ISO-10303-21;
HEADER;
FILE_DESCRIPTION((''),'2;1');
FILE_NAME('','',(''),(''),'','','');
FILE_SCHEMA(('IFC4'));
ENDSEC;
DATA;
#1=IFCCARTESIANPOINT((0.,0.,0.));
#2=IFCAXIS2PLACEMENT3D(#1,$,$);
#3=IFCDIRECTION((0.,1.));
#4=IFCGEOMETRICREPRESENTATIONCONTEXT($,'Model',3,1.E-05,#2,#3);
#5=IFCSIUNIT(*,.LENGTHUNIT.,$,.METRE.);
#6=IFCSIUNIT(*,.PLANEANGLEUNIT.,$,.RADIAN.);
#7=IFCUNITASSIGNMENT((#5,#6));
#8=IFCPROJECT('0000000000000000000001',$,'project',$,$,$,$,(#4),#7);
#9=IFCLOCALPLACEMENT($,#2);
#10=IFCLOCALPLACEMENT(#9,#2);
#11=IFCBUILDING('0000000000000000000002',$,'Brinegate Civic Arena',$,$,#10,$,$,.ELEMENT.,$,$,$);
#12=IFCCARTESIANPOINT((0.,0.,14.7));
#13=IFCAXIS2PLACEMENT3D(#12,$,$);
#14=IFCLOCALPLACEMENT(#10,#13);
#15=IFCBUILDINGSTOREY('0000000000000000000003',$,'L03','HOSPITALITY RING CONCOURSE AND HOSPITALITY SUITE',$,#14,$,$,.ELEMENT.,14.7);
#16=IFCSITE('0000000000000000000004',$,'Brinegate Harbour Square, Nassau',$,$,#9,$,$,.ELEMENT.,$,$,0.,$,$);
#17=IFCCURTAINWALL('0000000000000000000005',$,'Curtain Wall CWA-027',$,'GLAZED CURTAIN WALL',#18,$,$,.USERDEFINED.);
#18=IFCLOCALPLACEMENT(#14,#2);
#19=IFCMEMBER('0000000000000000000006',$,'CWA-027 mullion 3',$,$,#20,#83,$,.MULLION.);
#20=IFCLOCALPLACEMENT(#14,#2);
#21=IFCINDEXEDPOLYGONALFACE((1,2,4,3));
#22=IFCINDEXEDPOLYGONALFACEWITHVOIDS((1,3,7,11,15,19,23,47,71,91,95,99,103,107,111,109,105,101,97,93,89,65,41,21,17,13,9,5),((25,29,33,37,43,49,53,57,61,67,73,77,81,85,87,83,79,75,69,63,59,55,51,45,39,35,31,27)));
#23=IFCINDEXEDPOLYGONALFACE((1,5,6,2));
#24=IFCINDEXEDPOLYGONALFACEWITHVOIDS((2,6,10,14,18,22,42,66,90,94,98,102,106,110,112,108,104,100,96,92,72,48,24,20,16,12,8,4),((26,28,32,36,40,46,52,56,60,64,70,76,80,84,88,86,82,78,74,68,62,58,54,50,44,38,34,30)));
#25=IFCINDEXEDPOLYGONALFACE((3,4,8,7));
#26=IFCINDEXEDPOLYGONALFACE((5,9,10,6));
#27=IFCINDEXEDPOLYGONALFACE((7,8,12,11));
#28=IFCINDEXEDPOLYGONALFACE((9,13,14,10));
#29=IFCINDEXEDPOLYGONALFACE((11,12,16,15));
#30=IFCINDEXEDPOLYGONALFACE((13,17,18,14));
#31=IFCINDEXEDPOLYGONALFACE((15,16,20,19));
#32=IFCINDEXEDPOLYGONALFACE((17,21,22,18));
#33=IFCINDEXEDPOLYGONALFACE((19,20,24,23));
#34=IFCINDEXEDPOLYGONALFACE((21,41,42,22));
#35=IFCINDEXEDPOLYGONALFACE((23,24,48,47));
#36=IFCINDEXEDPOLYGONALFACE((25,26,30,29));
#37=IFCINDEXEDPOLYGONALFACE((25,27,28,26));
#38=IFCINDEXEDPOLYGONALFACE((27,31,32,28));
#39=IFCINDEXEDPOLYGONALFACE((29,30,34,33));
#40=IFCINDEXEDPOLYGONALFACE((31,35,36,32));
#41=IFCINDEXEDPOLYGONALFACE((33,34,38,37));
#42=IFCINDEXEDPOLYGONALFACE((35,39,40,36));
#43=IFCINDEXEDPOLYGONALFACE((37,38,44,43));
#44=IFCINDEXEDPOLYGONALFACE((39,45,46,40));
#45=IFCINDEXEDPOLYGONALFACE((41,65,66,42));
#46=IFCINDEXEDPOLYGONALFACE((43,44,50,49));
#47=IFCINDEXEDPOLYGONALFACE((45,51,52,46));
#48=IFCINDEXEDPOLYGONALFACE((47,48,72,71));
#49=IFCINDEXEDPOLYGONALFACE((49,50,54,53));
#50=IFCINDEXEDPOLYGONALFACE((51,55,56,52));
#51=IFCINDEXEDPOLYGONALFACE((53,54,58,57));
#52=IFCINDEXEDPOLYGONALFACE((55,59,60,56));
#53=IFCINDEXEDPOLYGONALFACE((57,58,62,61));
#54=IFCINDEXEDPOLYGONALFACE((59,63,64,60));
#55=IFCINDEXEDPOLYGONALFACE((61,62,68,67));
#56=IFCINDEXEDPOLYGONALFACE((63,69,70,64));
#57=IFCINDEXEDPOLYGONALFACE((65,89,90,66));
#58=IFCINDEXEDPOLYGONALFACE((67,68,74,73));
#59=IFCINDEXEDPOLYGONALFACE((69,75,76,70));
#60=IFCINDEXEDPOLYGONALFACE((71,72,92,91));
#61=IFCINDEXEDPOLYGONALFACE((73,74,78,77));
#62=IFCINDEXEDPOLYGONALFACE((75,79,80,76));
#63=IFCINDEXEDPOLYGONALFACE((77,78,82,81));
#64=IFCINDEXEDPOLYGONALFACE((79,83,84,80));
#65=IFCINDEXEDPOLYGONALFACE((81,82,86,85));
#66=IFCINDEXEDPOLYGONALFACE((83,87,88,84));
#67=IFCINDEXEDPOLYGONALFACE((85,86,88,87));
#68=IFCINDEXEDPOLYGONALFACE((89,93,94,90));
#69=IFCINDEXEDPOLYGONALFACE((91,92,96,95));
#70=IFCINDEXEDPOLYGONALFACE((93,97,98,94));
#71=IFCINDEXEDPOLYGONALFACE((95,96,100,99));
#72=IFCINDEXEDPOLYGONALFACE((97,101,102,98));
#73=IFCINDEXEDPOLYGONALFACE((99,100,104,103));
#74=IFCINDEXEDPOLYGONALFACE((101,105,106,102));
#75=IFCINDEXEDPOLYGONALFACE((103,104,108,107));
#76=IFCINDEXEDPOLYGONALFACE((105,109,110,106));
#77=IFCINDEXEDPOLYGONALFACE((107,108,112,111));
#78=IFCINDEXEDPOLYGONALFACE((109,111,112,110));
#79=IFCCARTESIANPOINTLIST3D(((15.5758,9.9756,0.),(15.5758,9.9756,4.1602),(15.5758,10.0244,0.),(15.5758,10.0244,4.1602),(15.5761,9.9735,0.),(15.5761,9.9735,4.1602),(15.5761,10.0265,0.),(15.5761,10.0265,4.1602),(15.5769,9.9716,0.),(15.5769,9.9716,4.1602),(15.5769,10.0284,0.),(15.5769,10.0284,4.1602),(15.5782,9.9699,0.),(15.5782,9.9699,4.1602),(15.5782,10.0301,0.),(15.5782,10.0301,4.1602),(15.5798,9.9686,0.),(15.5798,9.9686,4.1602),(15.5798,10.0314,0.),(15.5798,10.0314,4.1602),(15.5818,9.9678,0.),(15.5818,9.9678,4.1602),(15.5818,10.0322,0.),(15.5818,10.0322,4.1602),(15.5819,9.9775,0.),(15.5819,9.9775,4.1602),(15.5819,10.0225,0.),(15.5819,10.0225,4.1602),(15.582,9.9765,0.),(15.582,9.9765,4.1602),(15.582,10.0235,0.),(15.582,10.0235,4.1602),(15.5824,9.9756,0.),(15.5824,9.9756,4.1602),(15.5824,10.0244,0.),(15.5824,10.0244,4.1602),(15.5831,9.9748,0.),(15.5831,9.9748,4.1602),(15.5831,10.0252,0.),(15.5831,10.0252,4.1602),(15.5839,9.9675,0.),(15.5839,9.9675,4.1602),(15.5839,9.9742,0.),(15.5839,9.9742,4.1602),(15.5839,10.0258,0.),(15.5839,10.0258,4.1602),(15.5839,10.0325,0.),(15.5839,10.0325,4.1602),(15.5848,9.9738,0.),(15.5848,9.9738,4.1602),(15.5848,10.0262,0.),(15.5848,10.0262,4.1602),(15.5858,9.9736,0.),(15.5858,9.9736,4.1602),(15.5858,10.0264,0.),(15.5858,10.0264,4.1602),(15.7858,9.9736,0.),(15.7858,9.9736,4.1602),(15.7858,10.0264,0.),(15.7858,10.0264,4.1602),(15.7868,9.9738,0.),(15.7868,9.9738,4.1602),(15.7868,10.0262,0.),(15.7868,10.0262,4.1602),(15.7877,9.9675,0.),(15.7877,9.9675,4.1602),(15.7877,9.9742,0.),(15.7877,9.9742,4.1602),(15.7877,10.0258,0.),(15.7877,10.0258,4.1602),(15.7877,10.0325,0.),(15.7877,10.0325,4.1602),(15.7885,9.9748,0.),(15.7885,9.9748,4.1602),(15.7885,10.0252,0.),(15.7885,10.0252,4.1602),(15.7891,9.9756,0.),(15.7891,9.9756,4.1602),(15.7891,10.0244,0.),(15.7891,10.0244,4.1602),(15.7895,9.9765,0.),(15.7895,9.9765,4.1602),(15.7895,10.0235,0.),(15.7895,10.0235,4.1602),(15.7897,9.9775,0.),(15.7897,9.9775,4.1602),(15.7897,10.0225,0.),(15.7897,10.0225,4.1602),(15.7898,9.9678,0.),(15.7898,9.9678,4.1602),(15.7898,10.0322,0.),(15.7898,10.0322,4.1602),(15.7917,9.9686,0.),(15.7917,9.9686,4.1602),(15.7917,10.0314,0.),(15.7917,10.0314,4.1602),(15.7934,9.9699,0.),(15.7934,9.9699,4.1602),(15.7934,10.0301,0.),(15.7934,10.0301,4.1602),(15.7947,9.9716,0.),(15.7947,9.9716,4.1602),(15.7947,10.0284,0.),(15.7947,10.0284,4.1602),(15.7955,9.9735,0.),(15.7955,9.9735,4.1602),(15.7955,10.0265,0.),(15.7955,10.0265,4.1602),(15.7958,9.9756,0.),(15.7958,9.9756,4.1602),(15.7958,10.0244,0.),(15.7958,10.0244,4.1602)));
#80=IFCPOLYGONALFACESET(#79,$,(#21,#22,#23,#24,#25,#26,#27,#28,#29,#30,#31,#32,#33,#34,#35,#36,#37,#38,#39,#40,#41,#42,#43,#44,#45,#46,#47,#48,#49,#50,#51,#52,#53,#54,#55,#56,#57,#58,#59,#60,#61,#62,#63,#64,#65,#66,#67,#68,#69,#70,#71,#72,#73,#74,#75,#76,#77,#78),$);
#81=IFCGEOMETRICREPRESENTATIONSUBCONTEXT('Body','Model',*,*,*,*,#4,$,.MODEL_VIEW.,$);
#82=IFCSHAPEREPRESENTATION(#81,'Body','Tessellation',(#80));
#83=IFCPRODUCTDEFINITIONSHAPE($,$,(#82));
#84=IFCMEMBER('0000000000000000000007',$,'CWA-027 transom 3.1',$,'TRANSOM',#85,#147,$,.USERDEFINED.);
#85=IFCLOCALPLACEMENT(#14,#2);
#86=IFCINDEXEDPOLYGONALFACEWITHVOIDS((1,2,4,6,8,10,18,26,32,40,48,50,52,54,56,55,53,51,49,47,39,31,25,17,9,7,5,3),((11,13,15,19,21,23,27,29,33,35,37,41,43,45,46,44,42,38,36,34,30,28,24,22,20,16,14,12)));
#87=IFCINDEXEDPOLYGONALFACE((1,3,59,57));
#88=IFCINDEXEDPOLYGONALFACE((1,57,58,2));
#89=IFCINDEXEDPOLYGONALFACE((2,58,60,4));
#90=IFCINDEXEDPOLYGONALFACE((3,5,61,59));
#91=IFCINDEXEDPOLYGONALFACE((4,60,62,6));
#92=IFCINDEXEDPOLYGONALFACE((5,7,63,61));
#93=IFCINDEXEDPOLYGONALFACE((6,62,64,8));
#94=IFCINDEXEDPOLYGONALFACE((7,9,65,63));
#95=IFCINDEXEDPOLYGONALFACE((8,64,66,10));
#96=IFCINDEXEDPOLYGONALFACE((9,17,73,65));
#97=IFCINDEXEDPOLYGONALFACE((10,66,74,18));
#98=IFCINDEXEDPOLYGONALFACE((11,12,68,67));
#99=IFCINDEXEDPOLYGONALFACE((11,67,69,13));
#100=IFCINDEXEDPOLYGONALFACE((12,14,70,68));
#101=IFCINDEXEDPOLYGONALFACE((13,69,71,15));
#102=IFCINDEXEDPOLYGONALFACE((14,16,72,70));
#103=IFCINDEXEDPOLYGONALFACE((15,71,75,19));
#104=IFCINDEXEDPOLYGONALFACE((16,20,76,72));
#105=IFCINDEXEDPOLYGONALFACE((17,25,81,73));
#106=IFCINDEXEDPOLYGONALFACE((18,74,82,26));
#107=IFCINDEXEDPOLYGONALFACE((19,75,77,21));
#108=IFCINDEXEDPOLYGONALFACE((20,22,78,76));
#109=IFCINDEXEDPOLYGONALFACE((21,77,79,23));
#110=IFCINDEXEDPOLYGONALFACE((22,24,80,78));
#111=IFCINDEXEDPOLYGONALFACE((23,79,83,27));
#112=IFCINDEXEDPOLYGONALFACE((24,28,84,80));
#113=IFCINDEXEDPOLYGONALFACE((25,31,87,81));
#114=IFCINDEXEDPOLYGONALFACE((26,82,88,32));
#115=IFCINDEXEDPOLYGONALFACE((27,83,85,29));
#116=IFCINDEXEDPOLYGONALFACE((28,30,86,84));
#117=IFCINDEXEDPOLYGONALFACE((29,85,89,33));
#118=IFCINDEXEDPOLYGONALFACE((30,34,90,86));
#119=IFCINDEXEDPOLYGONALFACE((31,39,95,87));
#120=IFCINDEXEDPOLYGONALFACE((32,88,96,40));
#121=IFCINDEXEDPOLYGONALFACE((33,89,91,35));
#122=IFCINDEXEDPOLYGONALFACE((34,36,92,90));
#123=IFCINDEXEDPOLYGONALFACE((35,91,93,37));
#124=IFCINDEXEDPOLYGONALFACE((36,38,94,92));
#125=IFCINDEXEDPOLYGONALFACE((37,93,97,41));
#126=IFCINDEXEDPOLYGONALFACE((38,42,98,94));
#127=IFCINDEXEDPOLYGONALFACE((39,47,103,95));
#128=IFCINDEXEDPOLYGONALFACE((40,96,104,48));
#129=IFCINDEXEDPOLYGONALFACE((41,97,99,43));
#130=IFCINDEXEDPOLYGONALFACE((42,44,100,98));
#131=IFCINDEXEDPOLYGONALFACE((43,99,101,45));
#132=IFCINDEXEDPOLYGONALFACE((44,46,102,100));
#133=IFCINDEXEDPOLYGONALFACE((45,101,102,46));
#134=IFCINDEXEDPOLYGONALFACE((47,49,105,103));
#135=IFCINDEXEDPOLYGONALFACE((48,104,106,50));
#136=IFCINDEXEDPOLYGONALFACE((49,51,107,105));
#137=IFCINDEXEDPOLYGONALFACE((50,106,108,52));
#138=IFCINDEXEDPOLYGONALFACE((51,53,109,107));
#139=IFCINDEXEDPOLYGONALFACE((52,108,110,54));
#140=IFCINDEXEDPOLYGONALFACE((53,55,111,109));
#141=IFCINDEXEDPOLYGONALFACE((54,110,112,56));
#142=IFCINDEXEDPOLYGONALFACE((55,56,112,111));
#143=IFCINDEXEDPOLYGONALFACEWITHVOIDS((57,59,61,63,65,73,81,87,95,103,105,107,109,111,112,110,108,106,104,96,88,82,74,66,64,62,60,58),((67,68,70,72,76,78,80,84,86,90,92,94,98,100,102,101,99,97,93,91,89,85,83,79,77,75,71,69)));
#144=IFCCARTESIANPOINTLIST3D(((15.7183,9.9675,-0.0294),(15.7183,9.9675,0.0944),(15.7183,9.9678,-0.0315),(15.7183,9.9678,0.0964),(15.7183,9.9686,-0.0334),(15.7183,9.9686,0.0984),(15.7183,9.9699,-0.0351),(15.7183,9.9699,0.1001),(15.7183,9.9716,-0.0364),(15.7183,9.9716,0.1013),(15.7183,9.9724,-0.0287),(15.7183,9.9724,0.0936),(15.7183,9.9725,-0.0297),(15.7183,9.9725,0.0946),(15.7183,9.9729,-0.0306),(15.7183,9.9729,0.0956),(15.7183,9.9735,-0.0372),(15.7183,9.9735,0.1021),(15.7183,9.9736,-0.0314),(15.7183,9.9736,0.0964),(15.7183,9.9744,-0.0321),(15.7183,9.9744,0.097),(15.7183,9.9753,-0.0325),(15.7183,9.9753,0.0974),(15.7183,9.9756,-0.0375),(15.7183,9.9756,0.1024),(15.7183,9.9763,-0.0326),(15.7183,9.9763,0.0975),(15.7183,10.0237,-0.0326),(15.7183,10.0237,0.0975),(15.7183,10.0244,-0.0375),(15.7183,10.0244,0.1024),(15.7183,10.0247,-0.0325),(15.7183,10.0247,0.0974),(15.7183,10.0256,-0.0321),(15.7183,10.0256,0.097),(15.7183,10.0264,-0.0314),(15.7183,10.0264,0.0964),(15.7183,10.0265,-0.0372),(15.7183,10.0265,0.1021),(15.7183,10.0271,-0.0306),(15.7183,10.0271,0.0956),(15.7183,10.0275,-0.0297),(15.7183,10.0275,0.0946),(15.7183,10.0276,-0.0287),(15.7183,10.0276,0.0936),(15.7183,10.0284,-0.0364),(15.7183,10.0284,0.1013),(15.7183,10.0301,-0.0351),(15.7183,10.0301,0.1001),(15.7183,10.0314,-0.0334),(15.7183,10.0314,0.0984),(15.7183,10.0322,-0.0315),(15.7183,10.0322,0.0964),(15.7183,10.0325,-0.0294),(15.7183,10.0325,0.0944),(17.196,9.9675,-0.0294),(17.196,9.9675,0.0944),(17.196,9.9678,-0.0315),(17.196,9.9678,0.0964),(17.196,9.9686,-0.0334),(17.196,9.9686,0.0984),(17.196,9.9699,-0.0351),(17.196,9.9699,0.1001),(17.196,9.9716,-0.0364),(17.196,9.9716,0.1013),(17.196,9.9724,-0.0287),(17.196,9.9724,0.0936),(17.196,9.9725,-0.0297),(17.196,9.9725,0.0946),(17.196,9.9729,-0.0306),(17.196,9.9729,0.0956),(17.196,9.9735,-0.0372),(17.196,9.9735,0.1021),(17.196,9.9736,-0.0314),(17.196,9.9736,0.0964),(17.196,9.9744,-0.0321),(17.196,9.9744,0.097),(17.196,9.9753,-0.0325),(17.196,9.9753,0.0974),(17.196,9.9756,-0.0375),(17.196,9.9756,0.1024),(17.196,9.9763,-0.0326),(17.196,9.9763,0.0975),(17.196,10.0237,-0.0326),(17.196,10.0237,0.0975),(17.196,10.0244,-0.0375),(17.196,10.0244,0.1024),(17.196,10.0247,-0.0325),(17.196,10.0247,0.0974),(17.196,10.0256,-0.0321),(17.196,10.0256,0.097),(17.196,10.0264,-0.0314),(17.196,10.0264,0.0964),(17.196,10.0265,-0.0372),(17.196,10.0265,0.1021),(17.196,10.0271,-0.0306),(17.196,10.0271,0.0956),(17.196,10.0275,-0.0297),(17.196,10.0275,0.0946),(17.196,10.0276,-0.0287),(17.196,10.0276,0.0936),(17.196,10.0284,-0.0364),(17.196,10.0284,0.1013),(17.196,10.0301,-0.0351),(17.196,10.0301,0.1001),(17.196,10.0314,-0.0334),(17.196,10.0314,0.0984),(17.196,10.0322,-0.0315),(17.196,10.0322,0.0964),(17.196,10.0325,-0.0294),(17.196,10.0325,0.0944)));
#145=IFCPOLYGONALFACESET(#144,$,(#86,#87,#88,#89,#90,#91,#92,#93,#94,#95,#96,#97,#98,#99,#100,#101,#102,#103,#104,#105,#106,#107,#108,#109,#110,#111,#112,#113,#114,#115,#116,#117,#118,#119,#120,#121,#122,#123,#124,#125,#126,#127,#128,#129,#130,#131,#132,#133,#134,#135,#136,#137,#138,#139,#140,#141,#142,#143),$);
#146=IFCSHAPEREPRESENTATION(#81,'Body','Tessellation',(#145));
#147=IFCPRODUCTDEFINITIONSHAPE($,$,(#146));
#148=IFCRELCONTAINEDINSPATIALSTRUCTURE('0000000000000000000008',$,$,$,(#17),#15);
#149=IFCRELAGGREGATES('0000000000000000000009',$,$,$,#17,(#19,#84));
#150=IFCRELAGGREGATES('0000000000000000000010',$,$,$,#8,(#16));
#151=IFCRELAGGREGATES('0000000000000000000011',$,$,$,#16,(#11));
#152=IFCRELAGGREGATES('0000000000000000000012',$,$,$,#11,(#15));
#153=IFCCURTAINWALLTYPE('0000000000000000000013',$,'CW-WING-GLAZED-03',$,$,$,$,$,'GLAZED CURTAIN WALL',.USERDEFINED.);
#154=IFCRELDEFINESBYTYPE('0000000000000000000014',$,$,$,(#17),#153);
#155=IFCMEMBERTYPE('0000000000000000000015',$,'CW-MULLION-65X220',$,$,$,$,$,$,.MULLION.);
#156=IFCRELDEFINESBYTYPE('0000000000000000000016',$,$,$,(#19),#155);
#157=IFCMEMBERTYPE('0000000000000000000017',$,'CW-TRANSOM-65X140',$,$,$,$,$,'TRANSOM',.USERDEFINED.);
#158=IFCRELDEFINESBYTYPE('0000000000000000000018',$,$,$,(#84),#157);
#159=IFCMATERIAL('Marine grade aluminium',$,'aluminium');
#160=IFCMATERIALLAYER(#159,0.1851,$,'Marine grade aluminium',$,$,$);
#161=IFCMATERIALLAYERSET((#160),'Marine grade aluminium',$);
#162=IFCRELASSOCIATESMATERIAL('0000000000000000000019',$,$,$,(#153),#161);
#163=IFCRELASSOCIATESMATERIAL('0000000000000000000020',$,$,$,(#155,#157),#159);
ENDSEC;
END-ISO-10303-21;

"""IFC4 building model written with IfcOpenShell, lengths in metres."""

from ifc_helpers import new_model, si_unit, direction, frame, origin, origin_2d, place, context, subcontext, project, spatial, hollow_rectangle, extrude, material, layer, layer_set, material_profile, profile_set, type_object, element, aggregate, save


model = new_model("IFC4")

# Units and contexts
model_context = context("Model", 3, precision=1e-05, world=origin(), true_north=direction((0.0, 1.0)))
body_context = subcontext(model_context, "Body", "Model", "MODEL_VIEW")
ifc_project = project(units=[si_unit("LENGTHUNIT", "METRE"), si_unit("PLANEANGLEUNIT", "RADIAN")], contexts=[model_context])

# Site, building, storey
site_placement = place(None, origin())
site = spatial("IfcSite", under=ifc_project, at=site_placement, Name="Brinegate Harbour Square, Nassau", CompositionType="ELEMENT", RefElevation=0.0)
building_placement = place(site_placement, origin())
building = spatial("IfcBuilding", under=site, at=building_placement, Name="Brinegate Civic Arena", CompositionType="ELEMENT")
storey_placement = place(building_placement, frame((0.0, 0.0, 14.7)))
storey = spatial("IfcBuildingStorey", under=building, at=storey_placement, Name="L03", Description="HOSPITALITY RING CONCOURSE AND HOSPITALITY SUITE", CompositionType="ELEMENT", Elevation=14.7)

# Curtain wall, members
ifc_material_1 = material(Name="Marine grade aluminium", Category="aluminium")
ifc_layer_1 = layer(ifc_material_1, 0.1851, Name="Marine grade aluminium")
ifc_layer_set_1 = layer_set([ifc_layer_1], Name="Marine grade aluminium")
curtain_wall_type = type_object("IfcCurtainWallType", Name="CW-WING-GLAZED-03", ElementType="GLAZED CURTAIN WALL", PredefinedType="USERDEFINED", material=ifc_layer_set_1)
curtain_wall_placement = place(storey_placement, origin())
curtain_wall = element("IfcCurtainWall", 1, at=curtain_wall_placement, inside=storey, type_object=curtain_wall_type, Name="Curtain Wall CWA-027", ObjectType="GLAZED CURTAIN WALL", PredefinedType="USERDEFINED")
ifc_material_profile_1 = material_profile(ifc_material_1, hollow_rectangle(XDim=0.0649, YDim=0.22, WallThickness=0.0061, InnerFilletRadius=0.0039, OuterFilletRadius=0.0081, at=origin_2d()), Name="MUL65X220")
ifc_profile_set_1 = profile_set([ifc_material_profile_1], Name="Marine grade aluminium")
member_type_1 = type_object("IfcMemberType", Name="CW-MULLION-65X220", PredefinedType="MULLION", material=ifc_profile_set_1)
member_1_placement = place(storey_placement, frame((15.6858, 10.0, 0.0), z_axis=(0.0, 0.0, 1.0), x_axis=(0.0, 1.0, 0.0)))
member_1 = element("IfcMember", 2, at=member_1_placement, type_object=member_type_1, Name="CWA-027 mullion 3", PredefinedType="MULLION", context=body_context, shape_type="SweptSolid", body=[
    extrude(hollow_rectangle(XDim=0.0649, YDim=0.22, WallThickness=0.0061, InnerFilletRadius=0.0039, OuterFilletRadius=0.0081, at=origin_2d()), origin(), (0.0, 0.0, 1.0), 4.1602),
])
ifc_material_profile_2 = material_profile(ifc_material_1, hollow_rectangle(XDim=0.0649, YDim=0.1399, WallThickness=0.0049, InnerFilletRadius=0.0039, OuterFilletRadius=0.0081, at=origin_2d()), Name="TRN65X140")
ifc_profile_set_2 = profile_set([ifc_material_profile_2], Name="Marine grade aluminium")
member_type_2 = type_object("IfcMemberType", Name="CW-TRANSOM-65X140", ElementType="TRANSOM", PredefinedType="USERDEFINED", material=ifc_profile_set_2)
member_2_placement = place(storey_placement, frame((15.7183, 10.0, 0.0325), z_axis=(1.0, 0.0, 0.0), x_axis=(0.0, 1.0, 0.0)))
member_2 = element("IfcMember", 3, at=member_2_placement, type_object=member_type_2, Name="CWA-027 transom 3.1", ObjectType="TRANSOM", PredefinedType="USERDEFINED", context=body_context, shape_type="SweptSolid", body=[
    extrude(hollow_rectangle(XDim=0.0649, YDim=0.1399, WallThickness=0.0049, InnerFilletRadius=0.0039, OuterFilletRadius=0.0081, at=origin_2d()), origin(), (0.0, 0.0, 1.0), 1.4778),
])

aggregate(curtain_wall, [member_1, member_2])

save(model, "model.ifc")
